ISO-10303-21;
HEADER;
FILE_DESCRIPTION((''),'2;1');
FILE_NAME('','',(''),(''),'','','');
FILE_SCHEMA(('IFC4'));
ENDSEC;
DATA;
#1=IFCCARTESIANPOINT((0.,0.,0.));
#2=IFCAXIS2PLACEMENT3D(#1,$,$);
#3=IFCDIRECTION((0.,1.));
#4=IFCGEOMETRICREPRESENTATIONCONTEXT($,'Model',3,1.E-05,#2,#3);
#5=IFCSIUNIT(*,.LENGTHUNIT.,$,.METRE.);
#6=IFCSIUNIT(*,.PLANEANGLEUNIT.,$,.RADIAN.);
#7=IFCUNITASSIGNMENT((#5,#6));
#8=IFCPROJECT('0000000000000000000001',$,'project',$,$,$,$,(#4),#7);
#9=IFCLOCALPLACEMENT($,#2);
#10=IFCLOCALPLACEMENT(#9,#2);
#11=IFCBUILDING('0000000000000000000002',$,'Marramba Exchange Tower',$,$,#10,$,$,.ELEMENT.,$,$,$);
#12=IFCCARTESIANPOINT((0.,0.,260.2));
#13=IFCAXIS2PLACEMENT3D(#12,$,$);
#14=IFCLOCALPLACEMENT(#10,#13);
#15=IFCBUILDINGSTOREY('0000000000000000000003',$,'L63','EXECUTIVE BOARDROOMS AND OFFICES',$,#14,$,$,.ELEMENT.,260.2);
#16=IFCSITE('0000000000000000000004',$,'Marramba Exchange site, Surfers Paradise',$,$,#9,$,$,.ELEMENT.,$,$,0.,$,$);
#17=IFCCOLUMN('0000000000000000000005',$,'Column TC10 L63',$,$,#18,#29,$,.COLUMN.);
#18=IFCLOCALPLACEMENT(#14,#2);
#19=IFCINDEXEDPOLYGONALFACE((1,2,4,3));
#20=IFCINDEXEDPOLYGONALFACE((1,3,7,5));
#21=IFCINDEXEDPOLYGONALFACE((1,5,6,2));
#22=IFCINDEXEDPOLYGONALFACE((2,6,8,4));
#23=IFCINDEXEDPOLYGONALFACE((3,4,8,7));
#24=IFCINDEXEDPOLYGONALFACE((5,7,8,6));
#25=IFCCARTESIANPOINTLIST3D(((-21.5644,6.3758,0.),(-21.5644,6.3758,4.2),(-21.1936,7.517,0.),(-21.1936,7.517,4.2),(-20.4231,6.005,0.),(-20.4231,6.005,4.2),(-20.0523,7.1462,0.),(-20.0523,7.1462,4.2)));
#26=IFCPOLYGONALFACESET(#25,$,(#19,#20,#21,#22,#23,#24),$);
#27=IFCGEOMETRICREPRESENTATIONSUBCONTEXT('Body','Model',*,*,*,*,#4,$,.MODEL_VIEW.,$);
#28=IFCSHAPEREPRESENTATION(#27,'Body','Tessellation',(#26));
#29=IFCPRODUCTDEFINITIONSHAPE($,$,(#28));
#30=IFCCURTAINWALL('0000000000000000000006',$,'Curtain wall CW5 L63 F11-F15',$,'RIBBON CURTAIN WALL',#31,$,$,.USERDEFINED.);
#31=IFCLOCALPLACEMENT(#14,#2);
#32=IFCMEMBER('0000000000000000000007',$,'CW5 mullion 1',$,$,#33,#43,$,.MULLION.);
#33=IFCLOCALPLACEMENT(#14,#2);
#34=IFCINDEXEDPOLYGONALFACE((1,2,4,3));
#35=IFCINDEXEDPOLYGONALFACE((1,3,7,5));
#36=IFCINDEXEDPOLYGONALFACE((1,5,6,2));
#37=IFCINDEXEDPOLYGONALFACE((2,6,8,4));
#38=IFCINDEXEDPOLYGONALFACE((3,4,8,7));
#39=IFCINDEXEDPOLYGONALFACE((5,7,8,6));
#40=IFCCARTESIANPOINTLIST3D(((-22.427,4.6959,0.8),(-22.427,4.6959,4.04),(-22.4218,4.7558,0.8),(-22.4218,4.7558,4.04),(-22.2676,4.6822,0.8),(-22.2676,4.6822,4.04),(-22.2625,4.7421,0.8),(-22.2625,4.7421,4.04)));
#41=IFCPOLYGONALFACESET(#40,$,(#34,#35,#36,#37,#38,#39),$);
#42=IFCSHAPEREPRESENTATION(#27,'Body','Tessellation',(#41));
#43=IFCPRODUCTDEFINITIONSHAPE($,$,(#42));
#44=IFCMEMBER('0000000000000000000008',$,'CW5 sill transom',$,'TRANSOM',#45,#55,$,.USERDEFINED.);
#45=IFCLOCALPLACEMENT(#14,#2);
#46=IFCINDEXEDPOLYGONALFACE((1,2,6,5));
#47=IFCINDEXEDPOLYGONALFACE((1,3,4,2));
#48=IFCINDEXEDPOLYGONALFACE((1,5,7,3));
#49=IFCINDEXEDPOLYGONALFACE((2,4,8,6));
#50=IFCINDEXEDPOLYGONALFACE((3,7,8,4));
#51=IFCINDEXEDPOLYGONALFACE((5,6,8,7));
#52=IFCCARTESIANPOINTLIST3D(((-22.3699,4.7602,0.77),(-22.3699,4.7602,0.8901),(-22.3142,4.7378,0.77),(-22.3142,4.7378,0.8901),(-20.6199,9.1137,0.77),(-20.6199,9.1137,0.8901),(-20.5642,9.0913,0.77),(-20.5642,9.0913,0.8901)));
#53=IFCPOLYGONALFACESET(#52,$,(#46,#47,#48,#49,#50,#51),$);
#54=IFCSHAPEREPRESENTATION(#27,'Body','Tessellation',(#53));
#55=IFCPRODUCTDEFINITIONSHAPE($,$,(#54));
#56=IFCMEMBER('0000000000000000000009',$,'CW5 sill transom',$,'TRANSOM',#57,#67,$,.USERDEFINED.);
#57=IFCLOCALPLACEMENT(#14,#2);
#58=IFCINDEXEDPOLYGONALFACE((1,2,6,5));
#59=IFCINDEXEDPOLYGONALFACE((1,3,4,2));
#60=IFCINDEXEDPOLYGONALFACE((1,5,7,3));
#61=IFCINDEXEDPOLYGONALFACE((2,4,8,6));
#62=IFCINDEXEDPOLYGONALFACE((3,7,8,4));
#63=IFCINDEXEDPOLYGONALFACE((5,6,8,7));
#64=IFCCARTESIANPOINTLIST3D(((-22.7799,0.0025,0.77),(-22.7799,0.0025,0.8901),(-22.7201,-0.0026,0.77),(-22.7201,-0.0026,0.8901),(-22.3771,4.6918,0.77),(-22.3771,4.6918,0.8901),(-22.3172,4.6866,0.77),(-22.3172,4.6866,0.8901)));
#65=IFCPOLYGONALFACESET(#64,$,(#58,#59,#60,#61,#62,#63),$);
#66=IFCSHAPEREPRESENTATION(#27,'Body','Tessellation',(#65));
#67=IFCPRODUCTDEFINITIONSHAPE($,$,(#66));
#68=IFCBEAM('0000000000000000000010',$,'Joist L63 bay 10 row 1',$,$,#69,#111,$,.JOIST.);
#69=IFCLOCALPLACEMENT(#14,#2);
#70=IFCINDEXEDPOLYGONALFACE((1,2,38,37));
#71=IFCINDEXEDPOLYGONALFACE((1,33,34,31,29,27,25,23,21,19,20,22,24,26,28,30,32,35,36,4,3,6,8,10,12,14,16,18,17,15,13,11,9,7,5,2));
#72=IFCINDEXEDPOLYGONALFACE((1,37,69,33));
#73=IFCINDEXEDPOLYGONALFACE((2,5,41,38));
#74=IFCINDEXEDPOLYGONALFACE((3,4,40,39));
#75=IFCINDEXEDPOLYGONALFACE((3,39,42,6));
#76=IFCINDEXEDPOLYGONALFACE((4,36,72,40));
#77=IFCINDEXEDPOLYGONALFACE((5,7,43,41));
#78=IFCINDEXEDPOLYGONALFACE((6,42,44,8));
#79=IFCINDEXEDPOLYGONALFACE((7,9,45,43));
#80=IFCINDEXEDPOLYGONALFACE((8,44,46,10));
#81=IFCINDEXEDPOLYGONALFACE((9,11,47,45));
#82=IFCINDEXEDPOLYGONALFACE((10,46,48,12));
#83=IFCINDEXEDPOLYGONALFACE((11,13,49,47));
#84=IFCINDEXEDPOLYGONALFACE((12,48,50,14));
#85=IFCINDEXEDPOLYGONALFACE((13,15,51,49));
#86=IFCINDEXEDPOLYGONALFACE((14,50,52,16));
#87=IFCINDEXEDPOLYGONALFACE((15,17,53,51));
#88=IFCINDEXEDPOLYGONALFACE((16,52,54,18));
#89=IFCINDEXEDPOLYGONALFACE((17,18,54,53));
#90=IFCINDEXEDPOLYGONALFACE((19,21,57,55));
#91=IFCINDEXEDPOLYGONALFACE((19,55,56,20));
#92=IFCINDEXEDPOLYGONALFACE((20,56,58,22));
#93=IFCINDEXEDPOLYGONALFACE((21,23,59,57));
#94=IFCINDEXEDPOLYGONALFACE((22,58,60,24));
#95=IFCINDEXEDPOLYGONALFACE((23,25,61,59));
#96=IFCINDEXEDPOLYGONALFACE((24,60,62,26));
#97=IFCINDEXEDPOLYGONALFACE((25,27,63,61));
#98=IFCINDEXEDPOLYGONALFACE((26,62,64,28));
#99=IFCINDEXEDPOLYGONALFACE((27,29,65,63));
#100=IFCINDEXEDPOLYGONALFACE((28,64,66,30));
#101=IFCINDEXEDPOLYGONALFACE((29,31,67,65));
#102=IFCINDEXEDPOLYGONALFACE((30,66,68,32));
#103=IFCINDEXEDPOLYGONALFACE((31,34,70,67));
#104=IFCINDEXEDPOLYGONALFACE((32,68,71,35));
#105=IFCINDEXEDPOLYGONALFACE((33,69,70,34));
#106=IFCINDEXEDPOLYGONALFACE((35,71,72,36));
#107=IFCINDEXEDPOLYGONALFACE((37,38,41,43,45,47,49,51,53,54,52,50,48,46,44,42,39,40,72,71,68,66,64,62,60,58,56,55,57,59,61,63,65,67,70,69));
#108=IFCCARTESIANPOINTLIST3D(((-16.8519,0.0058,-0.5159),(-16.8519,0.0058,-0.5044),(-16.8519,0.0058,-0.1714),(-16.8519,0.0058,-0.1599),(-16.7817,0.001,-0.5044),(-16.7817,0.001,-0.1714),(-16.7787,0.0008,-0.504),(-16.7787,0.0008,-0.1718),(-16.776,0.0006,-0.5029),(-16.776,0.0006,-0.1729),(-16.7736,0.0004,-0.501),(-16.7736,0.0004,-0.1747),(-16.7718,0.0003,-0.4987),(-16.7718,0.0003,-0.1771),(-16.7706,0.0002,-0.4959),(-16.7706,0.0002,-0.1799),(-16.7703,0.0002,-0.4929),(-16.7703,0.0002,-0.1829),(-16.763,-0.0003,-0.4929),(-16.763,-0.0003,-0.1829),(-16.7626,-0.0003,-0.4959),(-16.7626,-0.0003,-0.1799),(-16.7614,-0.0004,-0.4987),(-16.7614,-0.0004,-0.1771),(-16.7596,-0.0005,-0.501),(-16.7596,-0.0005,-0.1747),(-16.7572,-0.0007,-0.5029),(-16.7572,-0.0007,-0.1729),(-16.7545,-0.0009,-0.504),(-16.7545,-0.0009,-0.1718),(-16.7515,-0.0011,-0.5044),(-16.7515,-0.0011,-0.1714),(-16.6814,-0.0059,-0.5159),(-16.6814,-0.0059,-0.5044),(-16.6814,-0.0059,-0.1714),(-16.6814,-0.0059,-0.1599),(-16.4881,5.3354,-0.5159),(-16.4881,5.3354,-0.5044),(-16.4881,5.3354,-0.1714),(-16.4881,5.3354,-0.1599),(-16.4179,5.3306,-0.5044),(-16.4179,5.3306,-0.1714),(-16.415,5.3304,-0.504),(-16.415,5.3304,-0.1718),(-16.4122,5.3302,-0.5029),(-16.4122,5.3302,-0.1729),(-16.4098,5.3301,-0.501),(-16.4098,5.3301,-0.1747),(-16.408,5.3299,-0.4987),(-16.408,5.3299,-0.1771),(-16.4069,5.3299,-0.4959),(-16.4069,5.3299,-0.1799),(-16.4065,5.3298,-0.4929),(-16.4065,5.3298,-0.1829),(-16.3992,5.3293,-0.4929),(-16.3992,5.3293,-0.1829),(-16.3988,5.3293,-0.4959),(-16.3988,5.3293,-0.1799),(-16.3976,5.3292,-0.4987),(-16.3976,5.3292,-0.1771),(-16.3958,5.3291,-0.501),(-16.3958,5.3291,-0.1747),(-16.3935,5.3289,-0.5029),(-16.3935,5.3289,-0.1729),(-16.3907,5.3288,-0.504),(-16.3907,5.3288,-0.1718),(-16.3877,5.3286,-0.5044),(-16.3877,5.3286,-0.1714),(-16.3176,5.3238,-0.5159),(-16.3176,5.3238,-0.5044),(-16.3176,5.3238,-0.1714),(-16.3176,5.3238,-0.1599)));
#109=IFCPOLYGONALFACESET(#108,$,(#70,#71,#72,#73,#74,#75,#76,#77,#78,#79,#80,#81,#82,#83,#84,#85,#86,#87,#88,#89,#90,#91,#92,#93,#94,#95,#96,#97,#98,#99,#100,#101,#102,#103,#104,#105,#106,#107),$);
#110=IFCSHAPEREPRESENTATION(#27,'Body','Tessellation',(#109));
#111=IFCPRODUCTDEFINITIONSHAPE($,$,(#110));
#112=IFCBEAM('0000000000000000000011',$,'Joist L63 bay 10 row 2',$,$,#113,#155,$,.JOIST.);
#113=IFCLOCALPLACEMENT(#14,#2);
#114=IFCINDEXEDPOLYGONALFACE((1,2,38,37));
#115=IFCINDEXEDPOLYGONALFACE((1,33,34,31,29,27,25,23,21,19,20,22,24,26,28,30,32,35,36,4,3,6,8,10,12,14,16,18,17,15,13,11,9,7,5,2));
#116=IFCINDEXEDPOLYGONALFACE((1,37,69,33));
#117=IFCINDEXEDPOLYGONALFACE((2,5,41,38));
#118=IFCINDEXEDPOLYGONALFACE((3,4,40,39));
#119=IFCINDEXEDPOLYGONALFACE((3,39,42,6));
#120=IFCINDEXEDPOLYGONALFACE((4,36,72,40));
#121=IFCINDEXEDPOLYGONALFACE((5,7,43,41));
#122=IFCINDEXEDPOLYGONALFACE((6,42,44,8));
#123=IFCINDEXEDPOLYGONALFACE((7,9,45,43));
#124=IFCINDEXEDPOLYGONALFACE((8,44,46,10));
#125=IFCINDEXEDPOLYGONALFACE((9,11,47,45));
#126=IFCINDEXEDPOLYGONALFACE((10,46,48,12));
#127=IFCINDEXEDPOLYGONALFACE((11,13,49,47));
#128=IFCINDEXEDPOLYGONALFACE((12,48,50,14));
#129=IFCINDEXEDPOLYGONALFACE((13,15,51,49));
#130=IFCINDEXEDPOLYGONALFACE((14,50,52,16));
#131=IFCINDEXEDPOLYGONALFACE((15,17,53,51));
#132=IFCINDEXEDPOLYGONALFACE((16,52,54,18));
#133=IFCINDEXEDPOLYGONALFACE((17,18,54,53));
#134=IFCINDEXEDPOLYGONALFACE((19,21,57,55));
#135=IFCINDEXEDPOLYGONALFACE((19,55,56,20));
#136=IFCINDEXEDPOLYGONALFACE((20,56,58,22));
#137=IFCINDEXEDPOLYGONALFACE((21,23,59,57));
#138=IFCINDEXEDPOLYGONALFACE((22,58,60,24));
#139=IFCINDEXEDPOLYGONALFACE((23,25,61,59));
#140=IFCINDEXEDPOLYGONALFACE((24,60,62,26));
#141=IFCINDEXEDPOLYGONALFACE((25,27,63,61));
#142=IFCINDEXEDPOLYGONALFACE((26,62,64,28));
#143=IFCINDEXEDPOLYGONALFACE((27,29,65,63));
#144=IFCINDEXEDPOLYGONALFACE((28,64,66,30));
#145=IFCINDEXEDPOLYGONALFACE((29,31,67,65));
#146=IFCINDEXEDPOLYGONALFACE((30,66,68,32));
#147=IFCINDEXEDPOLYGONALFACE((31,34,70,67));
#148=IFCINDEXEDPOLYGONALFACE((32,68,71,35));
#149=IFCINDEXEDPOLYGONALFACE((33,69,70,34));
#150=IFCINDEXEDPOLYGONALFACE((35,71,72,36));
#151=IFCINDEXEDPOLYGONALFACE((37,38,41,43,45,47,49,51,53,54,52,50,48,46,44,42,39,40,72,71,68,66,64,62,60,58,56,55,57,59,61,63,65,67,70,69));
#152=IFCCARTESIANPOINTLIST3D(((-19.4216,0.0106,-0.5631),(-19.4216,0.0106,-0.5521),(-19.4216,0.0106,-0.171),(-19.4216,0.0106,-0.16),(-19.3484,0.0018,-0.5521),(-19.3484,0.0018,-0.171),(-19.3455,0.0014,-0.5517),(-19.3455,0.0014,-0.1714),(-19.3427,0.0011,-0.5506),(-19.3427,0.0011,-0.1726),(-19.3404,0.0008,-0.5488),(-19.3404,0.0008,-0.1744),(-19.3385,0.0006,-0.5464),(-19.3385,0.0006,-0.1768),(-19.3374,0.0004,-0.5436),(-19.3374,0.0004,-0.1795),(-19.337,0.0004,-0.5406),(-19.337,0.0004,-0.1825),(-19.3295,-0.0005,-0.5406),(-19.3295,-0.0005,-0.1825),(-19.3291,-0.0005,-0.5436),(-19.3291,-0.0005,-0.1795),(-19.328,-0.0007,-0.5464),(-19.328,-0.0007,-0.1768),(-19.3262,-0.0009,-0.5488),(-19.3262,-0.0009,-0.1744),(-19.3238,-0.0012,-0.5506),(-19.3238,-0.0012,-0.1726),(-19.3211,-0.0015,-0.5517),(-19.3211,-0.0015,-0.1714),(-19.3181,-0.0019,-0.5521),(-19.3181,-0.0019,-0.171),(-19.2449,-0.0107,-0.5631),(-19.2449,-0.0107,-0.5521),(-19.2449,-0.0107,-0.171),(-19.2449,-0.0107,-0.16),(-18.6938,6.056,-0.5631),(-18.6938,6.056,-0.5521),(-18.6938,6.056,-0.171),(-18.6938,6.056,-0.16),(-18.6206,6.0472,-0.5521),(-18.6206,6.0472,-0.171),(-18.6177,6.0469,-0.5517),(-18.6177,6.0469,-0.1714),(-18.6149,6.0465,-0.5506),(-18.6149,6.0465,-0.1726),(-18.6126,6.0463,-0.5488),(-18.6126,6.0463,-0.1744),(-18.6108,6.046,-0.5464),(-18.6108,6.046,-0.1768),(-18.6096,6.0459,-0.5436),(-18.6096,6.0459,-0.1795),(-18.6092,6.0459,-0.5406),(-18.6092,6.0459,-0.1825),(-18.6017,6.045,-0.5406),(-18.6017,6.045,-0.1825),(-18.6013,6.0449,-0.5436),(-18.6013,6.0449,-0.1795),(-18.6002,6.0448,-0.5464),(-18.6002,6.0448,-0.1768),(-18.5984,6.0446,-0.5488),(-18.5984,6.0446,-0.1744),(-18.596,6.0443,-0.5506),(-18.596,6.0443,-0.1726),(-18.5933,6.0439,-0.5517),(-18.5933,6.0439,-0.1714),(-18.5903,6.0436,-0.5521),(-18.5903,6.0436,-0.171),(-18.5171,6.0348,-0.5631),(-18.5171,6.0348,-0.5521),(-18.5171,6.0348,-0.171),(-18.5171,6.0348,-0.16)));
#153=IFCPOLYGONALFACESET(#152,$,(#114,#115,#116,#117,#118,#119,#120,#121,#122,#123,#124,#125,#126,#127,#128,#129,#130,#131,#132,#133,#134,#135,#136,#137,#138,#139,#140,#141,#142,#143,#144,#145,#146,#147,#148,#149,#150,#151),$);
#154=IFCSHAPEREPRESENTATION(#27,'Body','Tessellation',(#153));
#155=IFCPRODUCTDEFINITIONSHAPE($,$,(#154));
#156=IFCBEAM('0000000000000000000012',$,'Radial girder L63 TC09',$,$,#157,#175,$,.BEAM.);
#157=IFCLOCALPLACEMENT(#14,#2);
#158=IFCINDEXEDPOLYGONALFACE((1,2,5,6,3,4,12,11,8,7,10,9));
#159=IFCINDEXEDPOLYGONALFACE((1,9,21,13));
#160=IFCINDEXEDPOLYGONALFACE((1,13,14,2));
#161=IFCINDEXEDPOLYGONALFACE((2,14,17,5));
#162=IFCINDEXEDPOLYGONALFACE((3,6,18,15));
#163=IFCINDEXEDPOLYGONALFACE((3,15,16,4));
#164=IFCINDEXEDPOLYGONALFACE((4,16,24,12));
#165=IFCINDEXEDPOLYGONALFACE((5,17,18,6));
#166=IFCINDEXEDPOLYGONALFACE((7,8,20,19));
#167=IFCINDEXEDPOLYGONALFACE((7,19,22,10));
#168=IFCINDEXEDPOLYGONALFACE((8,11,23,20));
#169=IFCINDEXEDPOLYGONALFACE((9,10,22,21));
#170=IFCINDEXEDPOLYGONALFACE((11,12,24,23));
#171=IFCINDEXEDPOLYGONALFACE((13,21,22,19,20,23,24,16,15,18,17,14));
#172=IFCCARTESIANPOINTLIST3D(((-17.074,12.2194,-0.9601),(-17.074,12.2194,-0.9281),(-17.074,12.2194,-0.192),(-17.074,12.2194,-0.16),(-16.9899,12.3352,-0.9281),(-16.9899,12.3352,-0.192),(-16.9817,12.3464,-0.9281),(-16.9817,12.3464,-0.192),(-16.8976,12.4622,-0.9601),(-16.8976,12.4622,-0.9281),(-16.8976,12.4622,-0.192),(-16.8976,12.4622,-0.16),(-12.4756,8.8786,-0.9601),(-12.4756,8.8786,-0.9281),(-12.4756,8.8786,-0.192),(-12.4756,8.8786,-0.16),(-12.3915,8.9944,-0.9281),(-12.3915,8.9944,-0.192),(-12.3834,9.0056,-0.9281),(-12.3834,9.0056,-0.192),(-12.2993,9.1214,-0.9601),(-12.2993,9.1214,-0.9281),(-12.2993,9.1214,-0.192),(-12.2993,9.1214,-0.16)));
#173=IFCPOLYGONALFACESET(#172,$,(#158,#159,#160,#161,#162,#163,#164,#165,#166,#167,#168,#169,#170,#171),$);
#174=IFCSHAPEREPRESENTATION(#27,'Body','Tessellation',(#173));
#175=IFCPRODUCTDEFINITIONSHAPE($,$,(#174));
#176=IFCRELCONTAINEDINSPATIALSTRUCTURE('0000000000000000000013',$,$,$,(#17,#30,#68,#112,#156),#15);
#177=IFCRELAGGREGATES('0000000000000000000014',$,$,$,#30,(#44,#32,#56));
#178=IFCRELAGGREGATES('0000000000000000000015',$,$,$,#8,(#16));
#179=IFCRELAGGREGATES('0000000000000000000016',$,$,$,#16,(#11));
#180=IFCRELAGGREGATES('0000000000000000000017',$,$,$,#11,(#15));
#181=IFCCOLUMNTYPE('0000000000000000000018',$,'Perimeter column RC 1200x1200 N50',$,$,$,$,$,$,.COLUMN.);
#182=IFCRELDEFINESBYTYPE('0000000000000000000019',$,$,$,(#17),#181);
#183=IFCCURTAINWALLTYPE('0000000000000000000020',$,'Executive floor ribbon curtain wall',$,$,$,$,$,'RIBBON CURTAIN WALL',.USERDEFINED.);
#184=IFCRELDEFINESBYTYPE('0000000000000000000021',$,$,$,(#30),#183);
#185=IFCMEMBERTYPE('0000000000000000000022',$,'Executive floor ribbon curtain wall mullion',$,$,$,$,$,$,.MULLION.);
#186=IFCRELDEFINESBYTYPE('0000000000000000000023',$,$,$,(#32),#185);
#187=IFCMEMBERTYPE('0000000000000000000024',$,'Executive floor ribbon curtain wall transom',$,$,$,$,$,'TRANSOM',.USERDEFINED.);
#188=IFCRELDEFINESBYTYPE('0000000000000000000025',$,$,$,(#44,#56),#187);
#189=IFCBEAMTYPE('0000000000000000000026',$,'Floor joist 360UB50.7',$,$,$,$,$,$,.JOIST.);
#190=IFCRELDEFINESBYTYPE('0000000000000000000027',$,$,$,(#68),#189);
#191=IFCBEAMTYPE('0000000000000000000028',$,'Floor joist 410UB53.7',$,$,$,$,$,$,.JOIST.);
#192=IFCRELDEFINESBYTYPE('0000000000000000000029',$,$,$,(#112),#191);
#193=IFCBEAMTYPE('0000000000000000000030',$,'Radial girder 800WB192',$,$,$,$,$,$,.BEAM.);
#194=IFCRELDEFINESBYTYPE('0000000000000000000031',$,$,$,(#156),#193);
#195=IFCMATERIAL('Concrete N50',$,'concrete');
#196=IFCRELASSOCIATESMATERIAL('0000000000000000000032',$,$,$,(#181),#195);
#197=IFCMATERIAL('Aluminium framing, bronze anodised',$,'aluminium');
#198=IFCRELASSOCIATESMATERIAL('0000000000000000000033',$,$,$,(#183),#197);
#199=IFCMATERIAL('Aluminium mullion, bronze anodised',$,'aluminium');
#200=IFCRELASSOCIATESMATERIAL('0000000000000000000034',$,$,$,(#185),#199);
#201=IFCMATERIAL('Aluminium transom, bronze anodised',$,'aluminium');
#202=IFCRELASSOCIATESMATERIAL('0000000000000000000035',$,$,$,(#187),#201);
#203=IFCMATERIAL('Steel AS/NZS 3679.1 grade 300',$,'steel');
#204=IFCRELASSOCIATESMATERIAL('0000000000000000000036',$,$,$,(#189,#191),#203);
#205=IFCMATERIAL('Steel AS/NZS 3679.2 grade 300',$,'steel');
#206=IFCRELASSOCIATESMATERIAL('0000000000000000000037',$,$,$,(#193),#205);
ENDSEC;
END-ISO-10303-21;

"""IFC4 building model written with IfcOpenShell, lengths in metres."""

from ifc_helpers import new_model, si_unit, direction, frame, origin, origin_2d, place, context, subcontext, project, spatial, rectangle, i_section, extrude, material, material_profile, profile_set, type_object, element, aggregate, save


model = new_model("IFC4")

# Units and contexts
model_context = context("Model", 3, precision=1e-05, world=origin(), true_north=direction((0.0, 1.0)))
body_context = subcontext(model_context, "Body", "Model", "MODEL_VIEW")
ifc_project = project(units=[si_unit("LENGTHUNIT", "METRE"), si_unit("PLANEANGLEUNIT", "RADIAN")], contexts=[model_context])

# Site, building, storey
site_placement = place(None, origin())
site = spatial("IfcSite", under=ifc_project, at=site_placement, Name="Marramba Exchange site, Surfers Paradise", CompositionType="ELEMENT", RefElevation=0.0)
building_placement = place(site_placement, origin())
building = spatial("IfcBuilding", under=site, at=building_placement, Name="Marramba Exchange Tower", CompositionType="ELEMENT")
storey_placement = place(building_placement, frame((0.0, 0.0, 260.2)))
storey = spatial("IfcBuildingStorey", under=building, at=storey_placement, Name="L63", Description="EXECUTIVE BOARDROOMS AND OFFICES", CompositionType="ELEMENT", Elevation=260.2)

# Column
ifc_material_1 = material(Name="Concrete N50", Category="concrete")
ifc_material_profile_1 = material_profile(ifc_material_1, rectangle(XDim=1.2, YDim=1.2, at=origin_2d()), Name="RC 1200x1200")
ifc_profile_set_1 = profile_set([ifc_material_profile_1], Name="Concrete N50")
column_type = type_object("IfcColumnType", Name="Perimeter column RC 1200x1200 N50", PredefinedType="COLUMN", material=ifc_profile_set_1)
column_placement = place(storey_placement, frame((-20.8083, 6.761, 0.0), z_axis=(0.0, 0.0, 1.0), x_axis=(-0.951057, 0.309017, 0.0)))
element("IfcColumn", 1, at=column_placement, inside=storey, type_object=column_type, Name="Column TC10 L63", PredefinedType="COLUMN", context=body_context, shape_type="SweptSolid", body=[
    extrude(rectangle(XDim=1.2, YDim=1.2, at=origin_2d()), origin(), (0.0, 0.0, 1.0), 4.2),
])

# Curtain wall, members
ifc_material_2 = material(Name="Aluminium framing, bronze anodised", Category="aluminium")
curtain_wall_type = type_object("IfcCurtainWallType", Name="Executive floor ribbon curtain wall", ElementType="RIBBON CURTAIN WALL", PredefinedType="USERDEFINED", material=ifc_material_2)
curtain_wall_placement = place(storey_placement, origin())
curtain_wall = element("IfcCurtainWall", 2, at=curtain_wall_placement, inside=storey, type_object=curtain_wall_type, Name="Curtain wall CW5 L63 F11-F15", ObjectType="RIBBON CURTAIN WALL", PredefinedType="USERDEFINED")
ifc_material_3 = material(Name="Aluminium mullion, bronze anodised", Category="aluminium")
ifc_material_profile_2 = material_profile(ifc_material_3, rectangle(XDim=0.1599, YDim=0.0601, at=origin_2d()), Name="CW5 mullion 60x160")
ifc_profile_set_2 = profile_set([ifc_material_profile_2], Name="Aluminium mullion, bronze anodised")
member_type_1 = type_object("IfcMemberType", Name="Executive floor ribbon curtain wall mullion", PredefinedType="MULLION", material=ifc_profile_set_2)
member_1_placement = place(storey_placement, frame((-22.3447, 4.719, 0.8), z_axis=(0.0, 0.0, 1.0), x_axis=(0.996332, -0.085574, 0.0)))
member_1 = element("IfcMember", 3, at=member_1_placement, type_object=member_type_1, Name="CW5 mullion 1", PredefinedType="MULLION", context=body_context, shape_type="SweptSolid", body=[
    extrude(rectangle(XDim=0.1599, YDim=0.0601, at=origin_2d()), origin(), (0.0, 0.0, 1.0), 3.24),
])
ifc_material_4 = material(Name="Aluminium transom, bronze anodised", Category="aluminium")
ifc_material_profile_3 = material_profile(ifc_material_4, rectangle(XDim=0.0601, YDim=0.1201, at=origin_2d()), Name="CW5 transom 60x120")
ifc_profile_set_3 = profile_set([ifc_material_profile_3], Name="Aluminium transom, bronze anodised")
member_type_2 = type_object("IfcMemberType", Name="Executive floor ribbon curtain wall transom", ElementType="TRANSOM", PredefinedType="USERDEFINED", material=ifc_profile_set_3)
member_2_placement = place(storey_placement, frame((-20.592, 9.1025, 0.8301), z_axis=(-0.372969, -0.927844, 0.0), x_axis=(0.927844, -0.372969, 0.0)))
member_2 = element("IfcMember", 4, at=member_2_placement, type_object=member_type_2, Name="CW5 sill transom", ObjectType="TRANSOM", PredefinedType="USERDEFINED", context=body_context, shape_type="SweptSolid", body=[
    extrude(rectangle(XDim=0.0601, YDim=0.1201, at=origin_2d()), origin(), (0.0, 0.0, 1.0), 4.6921),
])
member_3_placement = place(storey_placement, frame((-22.3472, 4.6892, 0.8301), z_axis=(-0.085591, -0.99633, 0.0), x_axis=(0.99633, -0.085591, 0.0)))
member_3 = element("IfcMember", 5, at=member_3_placement, type_object=member_type_2, Name="CW5 sill transom", ObjectType="TRANSOM", PredefinedType="USERDEFINED", context=body_context, shape_type="SweptSolid", body=[
    extrude(rectangle(XDim=0.0601, YDim=0.1201, at=origin_2d()), origin(), (0.0, 0.0, 1.0), 4.7065),
])

# Beams
ifc_material_5 = material(Name="Steel AS/NZS 3679.1 grade 300", Category="steel")
ifc_material_profile_4 = material_profile(ifc_material_5, i_section(OverallWidth=0.1709, OverallDepth=0.356, WebThickness=0.0073, FlangeThickness=0.0115, FilletRadius=0.0115, at=origin_2d()), Name="360UB50.7")
ifc_profile_set_4 = profile_set([ifc_material_profile_4], Name="Steel AS/NZS 3679.1 grade 300")
beam_type_1 = type_object("IfcBeamType", Name="Floor joist 360UB50.7", PredefinedType="JOIST", material=ifc_profile_set_4)
beam_1_placement = place(storey_placement, frame((-16.4028, 5.3296, -0.3379), z_axis=(-0.068096, -0.997679, 0.0), x_axis=(0.997679, -0.068096, 0.0)))
element("IfcBeam", 6, at=beam_1_placement, inside=storey, type_object=beam_type_1, Name="Joist L63 bay 10 row 1", PredefinedType="JOIST", context=body_context, shape_type="SweptSolid", body=[
    extrude(i_section(OverallWidth=0.1709, OverallDepth=0.356, WebThickness=0.0073, FlangeThickness=0.0115, FilletRadius=0.0115, at=origin_2d()), origin(), (0.0, 0.0, 1.0), 5.342),
])
ifc_material_profile_5 = material_profile(ifc_material_5, i_section(OverallWidth=0.178, OverallDepth=0.4031, WebThickness=0.0076, FlangeThickness=0.011, FilletRadius=0.0115, at=origin_2d()), Name="410UB53.7")
ifc_profile_set_5 = profile_set([ifc_material_profile_5], Name="Steel AS/NZS 3679.1 grade 300")
beam_type_2 = type_object("IfcBeamType", Name="Floor joist 410UB53.7", PredefinedType="JOIST", material=ifc_profile_set_5)
beam_2_placement = place(storey_placement, frame((-18.6055, 6.0454, -0.3616), z_axis=(-0.119523, -0.992831, 0.0), x_axis=(0.992831, -0.119523, 0.0)))
element("IfcBeam", 7, at=beam_2_placement, inside=storey, type_object=beam_type_2, Name="Joist L63 bay 10 row 2", PredefinedType="JOIST", context=body_context, shape_type="SweptSolid", body=[
    extrude(i_section(OverallWidth=0.178, OverallDepth=0.4031, WebThickness=0.0076, FlangeThickness=0.011, FilletRadius=0.0115, at=origin_2d()), origin(), (0.0, 0.0, 1.0), 6.0891),
])
ifc_material_6 = material(Name="Steel AS/NZS 3679.2 grade 300", Category="steel")
ifc_material_profile_6 = material_profile(ifc_material_6, i_section(OverallWidth=0.3, OverallDepth=0.8, WebThickness=0.0139, FlangeThickness=0.032, at=origin_2d()), Name="800WB192")
ifc_profile_set_6 = profile_set([ifc_material_profile_6], Name="Steel AS/NZS 3679.2 grade 300")
beam_type_3 = type_object("IfcBeamType", Name="Radial girder 800WB192", PredefinedType="BEAM", material=ifc_profile_set_6)
beam_3_placement = place(storey_placement, frame((-12.3875, 9.0, -0.5601), z_axis=(-0.809026, 0.587773, 0.0), x_axis=(-0.587773, -0.809026, 0.0)))
element("IfcBeam", 8, at=beam_3_placement, inside=storey, type_object=beam_type_3, Name="Radial girder L63 TC09", PredefinedType="BEAM", context=body_context, shape_type="SweptSolid", body=[
    extrude(i_section(OverallWidth=0.3, OverallDepth=0.8, WebThickness=0.0139, FlangeThickness=0.032, at=origin_2d()), origin(), (0.0, 0.0, 1.0), 5.6838),
])

aggregate(curtain_wall, [member_2, member_1, member_3])

save(model, "model.ifc")
